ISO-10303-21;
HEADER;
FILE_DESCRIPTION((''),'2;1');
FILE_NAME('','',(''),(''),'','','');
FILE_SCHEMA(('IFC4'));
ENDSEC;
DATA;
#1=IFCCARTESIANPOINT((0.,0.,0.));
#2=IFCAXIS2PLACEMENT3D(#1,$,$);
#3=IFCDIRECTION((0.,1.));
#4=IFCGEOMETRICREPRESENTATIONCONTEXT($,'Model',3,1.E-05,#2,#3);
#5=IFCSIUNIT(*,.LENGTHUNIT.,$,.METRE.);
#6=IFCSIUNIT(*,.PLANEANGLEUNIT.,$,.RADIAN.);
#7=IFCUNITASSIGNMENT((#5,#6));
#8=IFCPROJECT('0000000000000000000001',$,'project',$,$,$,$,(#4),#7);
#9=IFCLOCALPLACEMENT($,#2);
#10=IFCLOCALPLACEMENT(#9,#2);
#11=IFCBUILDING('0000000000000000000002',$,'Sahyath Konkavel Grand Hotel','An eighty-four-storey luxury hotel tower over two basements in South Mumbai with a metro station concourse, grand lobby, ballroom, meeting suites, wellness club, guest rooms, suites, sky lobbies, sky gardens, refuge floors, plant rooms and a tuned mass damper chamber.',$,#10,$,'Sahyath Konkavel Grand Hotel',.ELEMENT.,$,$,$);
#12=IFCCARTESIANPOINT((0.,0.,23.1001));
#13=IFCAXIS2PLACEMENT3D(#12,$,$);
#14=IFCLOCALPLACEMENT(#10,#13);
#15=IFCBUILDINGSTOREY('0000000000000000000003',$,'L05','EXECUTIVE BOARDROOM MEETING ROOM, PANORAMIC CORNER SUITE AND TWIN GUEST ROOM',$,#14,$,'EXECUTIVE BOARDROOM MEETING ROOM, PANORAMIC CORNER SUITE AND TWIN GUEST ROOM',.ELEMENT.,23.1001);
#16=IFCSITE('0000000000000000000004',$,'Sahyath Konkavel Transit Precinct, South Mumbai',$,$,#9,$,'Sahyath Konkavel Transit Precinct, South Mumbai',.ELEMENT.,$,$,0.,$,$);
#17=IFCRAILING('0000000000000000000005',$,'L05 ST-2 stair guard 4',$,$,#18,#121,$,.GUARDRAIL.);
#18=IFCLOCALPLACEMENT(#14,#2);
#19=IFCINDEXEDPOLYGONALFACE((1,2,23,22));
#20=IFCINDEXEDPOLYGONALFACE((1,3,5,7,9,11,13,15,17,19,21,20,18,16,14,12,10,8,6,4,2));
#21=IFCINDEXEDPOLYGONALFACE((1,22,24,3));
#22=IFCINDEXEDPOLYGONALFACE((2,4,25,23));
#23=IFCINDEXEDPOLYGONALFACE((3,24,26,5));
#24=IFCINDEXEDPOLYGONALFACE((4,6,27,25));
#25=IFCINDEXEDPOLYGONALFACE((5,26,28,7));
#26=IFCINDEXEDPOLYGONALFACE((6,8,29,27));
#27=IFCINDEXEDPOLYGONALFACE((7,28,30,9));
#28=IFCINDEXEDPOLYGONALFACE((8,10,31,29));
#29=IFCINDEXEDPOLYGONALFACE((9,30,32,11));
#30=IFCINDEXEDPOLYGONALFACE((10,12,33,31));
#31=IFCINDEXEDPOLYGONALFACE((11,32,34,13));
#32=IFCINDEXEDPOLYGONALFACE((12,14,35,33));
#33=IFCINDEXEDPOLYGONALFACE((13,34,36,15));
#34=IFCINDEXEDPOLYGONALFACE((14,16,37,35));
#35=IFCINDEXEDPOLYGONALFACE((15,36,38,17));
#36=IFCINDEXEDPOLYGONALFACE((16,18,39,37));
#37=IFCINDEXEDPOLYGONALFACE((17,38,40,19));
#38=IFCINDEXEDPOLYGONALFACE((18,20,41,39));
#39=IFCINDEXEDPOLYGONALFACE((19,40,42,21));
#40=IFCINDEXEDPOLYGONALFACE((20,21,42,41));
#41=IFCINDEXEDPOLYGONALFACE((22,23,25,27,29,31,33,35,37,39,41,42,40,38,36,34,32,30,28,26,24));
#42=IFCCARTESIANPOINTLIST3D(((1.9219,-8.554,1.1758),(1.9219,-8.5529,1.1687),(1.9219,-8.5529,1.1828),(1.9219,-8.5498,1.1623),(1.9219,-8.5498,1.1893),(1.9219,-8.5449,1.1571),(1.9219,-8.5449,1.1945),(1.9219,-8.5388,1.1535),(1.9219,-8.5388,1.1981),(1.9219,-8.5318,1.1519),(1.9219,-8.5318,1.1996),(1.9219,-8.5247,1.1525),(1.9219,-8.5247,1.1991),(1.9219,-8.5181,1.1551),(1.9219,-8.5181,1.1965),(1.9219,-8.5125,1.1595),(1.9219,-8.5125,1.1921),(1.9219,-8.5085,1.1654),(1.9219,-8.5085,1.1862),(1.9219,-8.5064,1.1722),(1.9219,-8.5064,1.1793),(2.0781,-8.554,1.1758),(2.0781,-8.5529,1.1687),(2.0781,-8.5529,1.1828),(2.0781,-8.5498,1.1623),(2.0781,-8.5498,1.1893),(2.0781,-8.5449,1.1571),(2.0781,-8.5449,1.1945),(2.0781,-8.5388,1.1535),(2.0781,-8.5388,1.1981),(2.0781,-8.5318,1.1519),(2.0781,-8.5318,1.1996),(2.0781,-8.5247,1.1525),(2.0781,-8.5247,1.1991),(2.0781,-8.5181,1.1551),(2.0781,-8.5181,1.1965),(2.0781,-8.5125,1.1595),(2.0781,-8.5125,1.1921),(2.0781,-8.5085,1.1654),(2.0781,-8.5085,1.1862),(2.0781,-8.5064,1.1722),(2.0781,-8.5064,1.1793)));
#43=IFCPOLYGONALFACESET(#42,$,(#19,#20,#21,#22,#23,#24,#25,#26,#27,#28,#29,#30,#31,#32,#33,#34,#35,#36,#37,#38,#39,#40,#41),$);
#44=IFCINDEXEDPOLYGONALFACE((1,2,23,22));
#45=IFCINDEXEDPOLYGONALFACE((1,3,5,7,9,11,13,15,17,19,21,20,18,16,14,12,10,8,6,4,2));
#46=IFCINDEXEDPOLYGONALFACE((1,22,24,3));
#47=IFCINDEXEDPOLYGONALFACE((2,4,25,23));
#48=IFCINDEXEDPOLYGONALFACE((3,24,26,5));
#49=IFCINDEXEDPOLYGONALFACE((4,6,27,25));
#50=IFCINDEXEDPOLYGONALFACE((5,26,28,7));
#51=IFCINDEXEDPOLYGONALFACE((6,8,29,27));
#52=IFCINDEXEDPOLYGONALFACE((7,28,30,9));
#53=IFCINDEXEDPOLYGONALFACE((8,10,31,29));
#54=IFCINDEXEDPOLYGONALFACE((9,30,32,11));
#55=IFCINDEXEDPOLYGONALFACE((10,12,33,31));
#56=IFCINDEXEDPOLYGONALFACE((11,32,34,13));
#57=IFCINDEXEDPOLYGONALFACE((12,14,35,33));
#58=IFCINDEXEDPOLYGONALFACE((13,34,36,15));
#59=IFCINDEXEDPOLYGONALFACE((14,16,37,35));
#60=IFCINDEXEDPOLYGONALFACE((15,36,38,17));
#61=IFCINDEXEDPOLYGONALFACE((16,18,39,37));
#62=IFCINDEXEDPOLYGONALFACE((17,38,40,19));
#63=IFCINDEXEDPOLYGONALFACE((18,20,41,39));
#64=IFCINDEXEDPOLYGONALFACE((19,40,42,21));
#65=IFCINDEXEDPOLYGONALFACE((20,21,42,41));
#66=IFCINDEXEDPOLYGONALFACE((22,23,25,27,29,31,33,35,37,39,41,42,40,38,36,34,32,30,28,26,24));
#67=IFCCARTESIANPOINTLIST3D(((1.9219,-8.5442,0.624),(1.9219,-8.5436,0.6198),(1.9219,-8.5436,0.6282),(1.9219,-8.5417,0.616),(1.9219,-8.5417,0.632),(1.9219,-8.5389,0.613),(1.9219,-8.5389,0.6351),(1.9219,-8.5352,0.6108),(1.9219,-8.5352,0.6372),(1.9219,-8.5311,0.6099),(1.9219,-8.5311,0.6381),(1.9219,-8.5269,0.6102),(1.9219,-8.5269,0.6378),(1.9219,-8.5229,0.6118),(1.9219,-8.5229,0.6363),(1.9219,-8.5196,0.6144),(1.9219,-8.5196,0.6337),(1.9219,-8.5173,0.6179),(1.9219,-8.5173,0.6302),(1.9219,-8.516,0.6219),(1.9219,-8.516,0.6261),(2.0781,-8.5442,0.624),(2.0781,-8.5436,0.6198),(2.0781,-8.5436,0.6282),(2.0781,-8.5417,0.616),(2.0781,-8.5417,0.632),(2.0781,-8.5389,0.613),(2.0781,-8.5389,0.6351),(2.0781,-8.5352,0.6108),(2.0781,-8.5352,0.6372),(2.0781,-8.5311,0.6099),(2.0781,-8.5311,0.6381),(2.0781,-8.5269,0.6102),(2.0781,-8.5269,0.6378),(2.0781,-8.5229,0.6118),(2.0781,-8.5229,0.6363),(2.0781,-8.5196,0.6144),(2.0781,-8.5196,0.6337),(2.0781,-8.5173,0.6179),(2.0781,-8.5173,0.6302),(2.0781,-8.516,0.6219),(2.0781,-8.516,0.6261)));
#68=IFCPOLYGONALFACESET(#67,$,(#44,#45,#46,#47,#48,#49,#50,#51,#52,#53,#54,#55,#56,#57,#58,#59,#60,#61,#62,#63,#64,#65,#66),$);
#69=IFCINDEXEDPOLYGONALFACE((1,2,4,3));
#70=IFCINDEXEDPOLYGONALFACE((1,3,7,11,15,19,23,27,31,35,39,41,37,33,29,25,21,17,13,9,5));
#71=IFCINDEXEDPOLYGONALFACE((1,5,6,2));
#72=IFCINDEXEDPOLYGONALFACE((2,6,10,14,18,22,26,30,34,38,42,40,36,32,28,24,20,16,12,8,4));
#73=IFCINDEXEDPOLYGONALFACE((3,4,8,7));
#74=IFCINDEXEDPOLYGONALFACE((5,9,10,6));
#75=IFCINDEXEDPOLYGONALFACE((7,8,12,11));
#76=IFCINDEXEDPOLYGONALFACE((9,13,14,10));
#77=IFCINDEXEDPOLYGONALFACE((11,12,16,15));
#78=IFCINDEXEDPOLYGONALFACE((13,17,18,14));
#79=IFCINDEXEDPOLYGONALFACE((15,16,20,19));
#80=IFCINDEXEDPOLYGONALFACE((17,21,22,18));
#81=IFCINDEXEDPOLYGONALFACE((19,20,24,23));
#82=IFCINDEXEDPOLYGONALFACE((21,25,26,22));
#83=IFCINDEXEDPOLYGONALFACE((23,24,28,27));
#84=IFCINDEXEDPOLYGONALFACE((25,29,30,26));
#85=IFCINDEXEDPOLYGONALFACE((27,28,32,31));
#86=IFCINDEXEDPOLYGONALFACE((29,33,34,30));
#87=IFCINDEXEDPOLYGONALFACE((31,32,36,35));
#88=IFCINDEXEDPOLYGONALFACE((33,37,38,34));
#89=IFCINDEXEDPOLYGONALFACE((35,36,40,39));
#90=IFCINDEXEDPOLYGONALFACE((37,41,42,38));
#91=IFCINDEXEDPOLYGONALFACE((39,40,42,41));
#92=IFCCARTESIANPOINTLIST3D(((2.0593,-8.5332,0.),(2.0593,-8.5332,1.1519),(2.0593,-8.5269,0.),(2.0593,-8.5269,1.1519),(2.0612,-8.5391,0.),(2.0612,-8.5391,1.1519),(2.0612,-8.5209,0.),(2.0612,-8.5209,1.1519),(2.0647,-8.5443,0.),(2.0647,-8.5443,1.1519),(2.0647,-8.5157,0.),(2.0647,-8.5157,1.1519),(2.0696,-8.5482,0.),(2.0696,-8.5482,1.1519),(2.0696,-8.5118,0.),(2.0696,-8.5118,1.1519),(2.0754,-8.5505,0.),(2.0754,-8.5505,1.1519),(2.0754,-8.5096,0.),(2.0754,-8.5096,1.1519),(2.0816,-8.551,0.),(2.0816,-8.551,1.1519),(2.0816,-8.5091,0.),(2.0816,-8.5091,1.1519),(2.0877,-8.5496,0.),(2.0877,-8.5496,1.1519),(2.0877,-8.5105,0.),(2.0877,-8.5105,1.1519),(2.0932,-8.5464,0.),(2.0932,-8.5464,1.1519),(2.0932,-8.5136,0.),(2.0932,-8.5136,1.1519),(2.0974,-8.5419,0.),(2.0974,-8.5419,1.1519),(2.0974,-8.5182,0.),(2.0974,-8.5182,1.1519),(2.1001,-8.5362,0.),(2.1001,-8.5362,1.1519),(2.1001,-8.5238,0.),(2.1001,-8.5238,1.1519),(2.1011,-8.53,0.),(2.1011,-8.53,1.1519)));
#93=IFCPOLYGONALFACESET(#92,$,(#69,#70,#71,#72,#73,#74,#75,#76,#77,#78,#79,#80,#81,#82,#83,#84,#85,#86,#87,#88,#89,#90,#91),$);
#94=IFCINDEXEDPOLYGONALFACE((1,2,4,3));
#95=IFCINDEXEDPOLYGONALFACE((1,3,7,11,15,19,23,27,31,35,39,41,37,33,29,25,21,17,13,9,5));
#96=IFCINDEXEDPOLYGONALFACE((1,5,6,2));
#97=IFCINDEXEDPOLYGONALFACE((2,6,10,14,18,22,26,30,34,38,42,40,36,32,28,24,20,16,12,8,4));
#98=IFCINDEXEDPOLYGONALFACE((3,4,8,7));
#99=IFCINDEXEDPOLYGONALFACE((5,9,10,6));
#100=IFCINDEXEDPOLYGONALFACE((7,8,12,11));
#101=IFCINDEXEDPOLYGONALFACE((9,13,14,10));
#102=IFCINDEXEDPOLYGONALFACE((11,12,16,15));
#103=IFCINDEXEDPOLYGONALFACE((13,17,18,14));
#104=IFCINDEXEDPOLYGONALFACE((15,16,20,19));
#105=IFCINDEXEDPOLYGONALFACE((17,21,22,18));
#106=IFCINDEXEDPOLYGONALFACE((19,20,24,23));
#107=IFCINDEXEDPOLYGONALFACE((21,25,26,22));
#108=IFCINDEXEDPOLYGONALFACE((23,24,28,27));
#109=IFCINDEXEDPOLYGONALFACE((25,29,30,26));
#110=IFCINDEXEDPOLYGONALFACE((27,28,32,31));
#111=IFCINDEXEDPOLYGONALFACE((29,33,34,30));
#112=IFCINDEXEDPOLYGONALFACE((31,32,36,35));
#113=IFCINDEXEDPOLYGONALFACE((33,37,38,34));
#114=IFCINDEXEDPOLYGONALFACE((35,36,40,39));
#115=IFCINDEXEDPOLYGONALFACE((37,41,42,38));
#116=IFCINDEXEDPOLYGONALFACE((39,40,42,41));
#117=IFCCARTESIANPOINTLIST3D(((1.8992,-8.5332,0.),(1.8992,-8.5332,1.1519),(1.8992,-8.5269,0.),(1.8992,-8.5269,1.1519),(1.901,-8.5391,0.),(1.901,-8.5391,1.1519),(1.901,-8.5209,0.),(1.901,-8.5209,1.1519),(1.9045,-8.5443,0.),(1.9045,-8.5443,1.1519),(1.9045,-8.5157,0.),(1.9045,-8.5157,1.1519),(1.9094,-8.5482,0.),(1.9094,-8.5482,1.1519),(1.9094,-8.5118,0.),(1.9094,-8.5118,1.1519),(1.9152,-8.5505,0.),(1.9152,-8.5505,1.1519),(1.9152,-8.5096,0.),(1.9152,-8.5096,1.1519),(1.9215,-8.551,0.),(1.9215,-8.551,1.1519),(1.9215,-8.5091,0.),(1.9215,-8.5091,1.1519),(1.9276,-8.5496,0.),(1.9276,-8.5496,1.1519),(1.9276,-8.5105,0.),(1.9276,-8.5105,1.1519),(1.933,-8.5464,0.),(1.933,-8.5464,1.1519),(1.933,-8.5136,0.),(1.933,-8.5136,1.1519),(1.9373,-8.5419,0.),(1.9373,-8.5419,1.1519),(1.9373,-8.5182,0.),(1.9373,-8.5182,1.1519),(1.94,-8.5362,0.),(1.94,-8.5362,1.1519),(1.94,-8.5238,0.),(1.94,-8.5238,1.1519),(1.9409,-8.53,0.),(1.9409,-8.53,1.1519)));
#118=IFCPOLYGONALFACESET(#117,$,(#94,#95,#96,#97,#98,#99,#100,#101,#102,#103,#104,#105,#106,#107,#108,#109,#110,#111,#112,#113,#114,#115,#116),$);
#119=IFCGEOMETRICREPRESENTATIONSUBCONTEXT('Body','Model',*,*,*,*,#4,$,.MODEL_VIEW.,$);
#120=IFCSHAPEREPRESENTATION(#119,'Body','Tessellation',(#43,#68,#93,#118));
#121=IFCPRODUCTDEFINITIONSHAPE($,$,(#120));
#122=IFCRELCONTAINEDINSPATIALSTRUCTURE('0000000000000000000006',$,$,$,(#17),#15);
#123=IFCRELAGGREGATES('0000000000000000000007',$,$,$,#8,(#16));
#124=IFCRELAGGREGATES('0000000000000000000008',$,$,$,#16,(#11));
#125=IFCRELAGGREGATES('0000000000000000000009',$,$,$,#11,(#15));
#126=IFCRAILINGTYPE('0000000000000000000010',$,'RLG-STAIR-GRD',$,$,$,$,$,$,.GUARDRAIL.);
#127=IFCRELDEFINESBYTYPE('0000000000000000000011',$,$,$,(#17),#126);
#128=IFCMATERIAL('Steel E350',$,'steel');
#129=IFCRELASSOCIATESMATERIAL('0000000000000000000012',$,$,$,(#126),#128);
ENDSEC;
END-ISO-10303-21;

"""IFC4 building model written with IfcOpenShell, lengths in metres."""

from ifc_helpers import new_model, si_unit, direction, frame, origin, origin_2d, place, context, subcontext, project, spatial, circle, extrude, material, type_object, element, save


model = new_model("IFC4")

# Units and contexts
model_context = context("Model", 3, precision=1e-05, world=origin(), true_north=direction((0.0, 1.0)))
body_context = subcontext(model_context, "Body", "Model", "MODEL_VIEW")
ifc_project = project(units=[si_unit("LENGTHUNIT", "METRE"), si_unit("PLANEANGLEUNIT", "RADIAN")], contexts=[model_context])

# Site, building, storey
site_placement = place(None, origin())
site = spatial("IfcSite", under=ifc_project, at=site_placement, Name="Sahyath Konkavel Transit Precinct, South Mumbai", LongName="Sahyath Konkavel Transit Precinct, South Mumbai", CompositionType="ELEMENT", RefElevation=0.0)
building_placement = place(site_placement, origin())
building = spatial("IfcBuilding", under=site, at=building_placement, Name="Sahyath Konkavel Grand Hotel", Description="An eighty-four-storey luxury hotel tower over two basements in South Mumbai with a metro station concourse, grand lobby, ballroom, meeting suites, wellness club, guest rooms, suites, sky lobbies, sky gardens, refuge floors, plant rooms and a tuned mass damper chamber.", LongName="Sahyath Konkavel Grand Hotel", CompositionType="ELEMENT")
storey_placement = place(building_placement, frame((0.0, 0.0, 23.1001)))
storey = spatial("IfcBuildingStorey", under=building, at=storey_placement, Name="L05", Description="EXECUTIVE BOARDROOM MEETING ROOM, PANORAMIC CORNER SUITE AND TWIN GUEST ROOM", LongName="EXECUTIVE BOARDROOM MEETING ROOM, PANORAMIC CORNER SUITE AND TWIN GUEST ROOM", CompositionType="ELEMENT", Elevation=23.1001)

# Shared definitions
ifc_material_1 = material(Name="Steel E350", Category="steel")

# Railing
railing_type_1 = type_object("IfcRailingType", Name="RLG-STAIR-GRD", PredefinedType="GUARDRAIL", material=ifc_material_1)
railing_1_placement = place(storey_placement, frame((2.0801, -8.53, 0.0)))
element("IfcRailing", 1, at=railing_1_placement, inside=storey, type_object=railing_type_1, Name="L05 ST-2 stair guard 4", PredefinedType="GUARDRAIL", context=body_context, shape_type="SweptSolid", body=[
    extrude(circle(Radius=0.0239, at=origin_2d()), frame((-0.002, 0.0, 1.1758), z_axis=(-1.0, 0.0, 0.0), x_axis=(0.0, -1.0, 0.0)), (0.0, 0.0, 1.0), 0.1562),
    extrude(circle(Radius=0.0142, at=origin_2d()), frame((-0.002, 0.0, 0.624), z_axis=(-1.0, 0.0, 0.0), x_axis=(0.0, -1.0, 0.0)), (0.0, 0.0, 1.0), 0.1562),
    extrude(circle(Radius=0.021, at=origin_2d()), origin(), (0.0, 0.0, 1.0), 1.1519),
    extrude(circle(Radius=0.021, at=origin_2d()), frame((-0.1602, 0.0, 0.0)), (0.0, 0.0, 1.0), 1.1519),
])

save(model, "model.ifc")
